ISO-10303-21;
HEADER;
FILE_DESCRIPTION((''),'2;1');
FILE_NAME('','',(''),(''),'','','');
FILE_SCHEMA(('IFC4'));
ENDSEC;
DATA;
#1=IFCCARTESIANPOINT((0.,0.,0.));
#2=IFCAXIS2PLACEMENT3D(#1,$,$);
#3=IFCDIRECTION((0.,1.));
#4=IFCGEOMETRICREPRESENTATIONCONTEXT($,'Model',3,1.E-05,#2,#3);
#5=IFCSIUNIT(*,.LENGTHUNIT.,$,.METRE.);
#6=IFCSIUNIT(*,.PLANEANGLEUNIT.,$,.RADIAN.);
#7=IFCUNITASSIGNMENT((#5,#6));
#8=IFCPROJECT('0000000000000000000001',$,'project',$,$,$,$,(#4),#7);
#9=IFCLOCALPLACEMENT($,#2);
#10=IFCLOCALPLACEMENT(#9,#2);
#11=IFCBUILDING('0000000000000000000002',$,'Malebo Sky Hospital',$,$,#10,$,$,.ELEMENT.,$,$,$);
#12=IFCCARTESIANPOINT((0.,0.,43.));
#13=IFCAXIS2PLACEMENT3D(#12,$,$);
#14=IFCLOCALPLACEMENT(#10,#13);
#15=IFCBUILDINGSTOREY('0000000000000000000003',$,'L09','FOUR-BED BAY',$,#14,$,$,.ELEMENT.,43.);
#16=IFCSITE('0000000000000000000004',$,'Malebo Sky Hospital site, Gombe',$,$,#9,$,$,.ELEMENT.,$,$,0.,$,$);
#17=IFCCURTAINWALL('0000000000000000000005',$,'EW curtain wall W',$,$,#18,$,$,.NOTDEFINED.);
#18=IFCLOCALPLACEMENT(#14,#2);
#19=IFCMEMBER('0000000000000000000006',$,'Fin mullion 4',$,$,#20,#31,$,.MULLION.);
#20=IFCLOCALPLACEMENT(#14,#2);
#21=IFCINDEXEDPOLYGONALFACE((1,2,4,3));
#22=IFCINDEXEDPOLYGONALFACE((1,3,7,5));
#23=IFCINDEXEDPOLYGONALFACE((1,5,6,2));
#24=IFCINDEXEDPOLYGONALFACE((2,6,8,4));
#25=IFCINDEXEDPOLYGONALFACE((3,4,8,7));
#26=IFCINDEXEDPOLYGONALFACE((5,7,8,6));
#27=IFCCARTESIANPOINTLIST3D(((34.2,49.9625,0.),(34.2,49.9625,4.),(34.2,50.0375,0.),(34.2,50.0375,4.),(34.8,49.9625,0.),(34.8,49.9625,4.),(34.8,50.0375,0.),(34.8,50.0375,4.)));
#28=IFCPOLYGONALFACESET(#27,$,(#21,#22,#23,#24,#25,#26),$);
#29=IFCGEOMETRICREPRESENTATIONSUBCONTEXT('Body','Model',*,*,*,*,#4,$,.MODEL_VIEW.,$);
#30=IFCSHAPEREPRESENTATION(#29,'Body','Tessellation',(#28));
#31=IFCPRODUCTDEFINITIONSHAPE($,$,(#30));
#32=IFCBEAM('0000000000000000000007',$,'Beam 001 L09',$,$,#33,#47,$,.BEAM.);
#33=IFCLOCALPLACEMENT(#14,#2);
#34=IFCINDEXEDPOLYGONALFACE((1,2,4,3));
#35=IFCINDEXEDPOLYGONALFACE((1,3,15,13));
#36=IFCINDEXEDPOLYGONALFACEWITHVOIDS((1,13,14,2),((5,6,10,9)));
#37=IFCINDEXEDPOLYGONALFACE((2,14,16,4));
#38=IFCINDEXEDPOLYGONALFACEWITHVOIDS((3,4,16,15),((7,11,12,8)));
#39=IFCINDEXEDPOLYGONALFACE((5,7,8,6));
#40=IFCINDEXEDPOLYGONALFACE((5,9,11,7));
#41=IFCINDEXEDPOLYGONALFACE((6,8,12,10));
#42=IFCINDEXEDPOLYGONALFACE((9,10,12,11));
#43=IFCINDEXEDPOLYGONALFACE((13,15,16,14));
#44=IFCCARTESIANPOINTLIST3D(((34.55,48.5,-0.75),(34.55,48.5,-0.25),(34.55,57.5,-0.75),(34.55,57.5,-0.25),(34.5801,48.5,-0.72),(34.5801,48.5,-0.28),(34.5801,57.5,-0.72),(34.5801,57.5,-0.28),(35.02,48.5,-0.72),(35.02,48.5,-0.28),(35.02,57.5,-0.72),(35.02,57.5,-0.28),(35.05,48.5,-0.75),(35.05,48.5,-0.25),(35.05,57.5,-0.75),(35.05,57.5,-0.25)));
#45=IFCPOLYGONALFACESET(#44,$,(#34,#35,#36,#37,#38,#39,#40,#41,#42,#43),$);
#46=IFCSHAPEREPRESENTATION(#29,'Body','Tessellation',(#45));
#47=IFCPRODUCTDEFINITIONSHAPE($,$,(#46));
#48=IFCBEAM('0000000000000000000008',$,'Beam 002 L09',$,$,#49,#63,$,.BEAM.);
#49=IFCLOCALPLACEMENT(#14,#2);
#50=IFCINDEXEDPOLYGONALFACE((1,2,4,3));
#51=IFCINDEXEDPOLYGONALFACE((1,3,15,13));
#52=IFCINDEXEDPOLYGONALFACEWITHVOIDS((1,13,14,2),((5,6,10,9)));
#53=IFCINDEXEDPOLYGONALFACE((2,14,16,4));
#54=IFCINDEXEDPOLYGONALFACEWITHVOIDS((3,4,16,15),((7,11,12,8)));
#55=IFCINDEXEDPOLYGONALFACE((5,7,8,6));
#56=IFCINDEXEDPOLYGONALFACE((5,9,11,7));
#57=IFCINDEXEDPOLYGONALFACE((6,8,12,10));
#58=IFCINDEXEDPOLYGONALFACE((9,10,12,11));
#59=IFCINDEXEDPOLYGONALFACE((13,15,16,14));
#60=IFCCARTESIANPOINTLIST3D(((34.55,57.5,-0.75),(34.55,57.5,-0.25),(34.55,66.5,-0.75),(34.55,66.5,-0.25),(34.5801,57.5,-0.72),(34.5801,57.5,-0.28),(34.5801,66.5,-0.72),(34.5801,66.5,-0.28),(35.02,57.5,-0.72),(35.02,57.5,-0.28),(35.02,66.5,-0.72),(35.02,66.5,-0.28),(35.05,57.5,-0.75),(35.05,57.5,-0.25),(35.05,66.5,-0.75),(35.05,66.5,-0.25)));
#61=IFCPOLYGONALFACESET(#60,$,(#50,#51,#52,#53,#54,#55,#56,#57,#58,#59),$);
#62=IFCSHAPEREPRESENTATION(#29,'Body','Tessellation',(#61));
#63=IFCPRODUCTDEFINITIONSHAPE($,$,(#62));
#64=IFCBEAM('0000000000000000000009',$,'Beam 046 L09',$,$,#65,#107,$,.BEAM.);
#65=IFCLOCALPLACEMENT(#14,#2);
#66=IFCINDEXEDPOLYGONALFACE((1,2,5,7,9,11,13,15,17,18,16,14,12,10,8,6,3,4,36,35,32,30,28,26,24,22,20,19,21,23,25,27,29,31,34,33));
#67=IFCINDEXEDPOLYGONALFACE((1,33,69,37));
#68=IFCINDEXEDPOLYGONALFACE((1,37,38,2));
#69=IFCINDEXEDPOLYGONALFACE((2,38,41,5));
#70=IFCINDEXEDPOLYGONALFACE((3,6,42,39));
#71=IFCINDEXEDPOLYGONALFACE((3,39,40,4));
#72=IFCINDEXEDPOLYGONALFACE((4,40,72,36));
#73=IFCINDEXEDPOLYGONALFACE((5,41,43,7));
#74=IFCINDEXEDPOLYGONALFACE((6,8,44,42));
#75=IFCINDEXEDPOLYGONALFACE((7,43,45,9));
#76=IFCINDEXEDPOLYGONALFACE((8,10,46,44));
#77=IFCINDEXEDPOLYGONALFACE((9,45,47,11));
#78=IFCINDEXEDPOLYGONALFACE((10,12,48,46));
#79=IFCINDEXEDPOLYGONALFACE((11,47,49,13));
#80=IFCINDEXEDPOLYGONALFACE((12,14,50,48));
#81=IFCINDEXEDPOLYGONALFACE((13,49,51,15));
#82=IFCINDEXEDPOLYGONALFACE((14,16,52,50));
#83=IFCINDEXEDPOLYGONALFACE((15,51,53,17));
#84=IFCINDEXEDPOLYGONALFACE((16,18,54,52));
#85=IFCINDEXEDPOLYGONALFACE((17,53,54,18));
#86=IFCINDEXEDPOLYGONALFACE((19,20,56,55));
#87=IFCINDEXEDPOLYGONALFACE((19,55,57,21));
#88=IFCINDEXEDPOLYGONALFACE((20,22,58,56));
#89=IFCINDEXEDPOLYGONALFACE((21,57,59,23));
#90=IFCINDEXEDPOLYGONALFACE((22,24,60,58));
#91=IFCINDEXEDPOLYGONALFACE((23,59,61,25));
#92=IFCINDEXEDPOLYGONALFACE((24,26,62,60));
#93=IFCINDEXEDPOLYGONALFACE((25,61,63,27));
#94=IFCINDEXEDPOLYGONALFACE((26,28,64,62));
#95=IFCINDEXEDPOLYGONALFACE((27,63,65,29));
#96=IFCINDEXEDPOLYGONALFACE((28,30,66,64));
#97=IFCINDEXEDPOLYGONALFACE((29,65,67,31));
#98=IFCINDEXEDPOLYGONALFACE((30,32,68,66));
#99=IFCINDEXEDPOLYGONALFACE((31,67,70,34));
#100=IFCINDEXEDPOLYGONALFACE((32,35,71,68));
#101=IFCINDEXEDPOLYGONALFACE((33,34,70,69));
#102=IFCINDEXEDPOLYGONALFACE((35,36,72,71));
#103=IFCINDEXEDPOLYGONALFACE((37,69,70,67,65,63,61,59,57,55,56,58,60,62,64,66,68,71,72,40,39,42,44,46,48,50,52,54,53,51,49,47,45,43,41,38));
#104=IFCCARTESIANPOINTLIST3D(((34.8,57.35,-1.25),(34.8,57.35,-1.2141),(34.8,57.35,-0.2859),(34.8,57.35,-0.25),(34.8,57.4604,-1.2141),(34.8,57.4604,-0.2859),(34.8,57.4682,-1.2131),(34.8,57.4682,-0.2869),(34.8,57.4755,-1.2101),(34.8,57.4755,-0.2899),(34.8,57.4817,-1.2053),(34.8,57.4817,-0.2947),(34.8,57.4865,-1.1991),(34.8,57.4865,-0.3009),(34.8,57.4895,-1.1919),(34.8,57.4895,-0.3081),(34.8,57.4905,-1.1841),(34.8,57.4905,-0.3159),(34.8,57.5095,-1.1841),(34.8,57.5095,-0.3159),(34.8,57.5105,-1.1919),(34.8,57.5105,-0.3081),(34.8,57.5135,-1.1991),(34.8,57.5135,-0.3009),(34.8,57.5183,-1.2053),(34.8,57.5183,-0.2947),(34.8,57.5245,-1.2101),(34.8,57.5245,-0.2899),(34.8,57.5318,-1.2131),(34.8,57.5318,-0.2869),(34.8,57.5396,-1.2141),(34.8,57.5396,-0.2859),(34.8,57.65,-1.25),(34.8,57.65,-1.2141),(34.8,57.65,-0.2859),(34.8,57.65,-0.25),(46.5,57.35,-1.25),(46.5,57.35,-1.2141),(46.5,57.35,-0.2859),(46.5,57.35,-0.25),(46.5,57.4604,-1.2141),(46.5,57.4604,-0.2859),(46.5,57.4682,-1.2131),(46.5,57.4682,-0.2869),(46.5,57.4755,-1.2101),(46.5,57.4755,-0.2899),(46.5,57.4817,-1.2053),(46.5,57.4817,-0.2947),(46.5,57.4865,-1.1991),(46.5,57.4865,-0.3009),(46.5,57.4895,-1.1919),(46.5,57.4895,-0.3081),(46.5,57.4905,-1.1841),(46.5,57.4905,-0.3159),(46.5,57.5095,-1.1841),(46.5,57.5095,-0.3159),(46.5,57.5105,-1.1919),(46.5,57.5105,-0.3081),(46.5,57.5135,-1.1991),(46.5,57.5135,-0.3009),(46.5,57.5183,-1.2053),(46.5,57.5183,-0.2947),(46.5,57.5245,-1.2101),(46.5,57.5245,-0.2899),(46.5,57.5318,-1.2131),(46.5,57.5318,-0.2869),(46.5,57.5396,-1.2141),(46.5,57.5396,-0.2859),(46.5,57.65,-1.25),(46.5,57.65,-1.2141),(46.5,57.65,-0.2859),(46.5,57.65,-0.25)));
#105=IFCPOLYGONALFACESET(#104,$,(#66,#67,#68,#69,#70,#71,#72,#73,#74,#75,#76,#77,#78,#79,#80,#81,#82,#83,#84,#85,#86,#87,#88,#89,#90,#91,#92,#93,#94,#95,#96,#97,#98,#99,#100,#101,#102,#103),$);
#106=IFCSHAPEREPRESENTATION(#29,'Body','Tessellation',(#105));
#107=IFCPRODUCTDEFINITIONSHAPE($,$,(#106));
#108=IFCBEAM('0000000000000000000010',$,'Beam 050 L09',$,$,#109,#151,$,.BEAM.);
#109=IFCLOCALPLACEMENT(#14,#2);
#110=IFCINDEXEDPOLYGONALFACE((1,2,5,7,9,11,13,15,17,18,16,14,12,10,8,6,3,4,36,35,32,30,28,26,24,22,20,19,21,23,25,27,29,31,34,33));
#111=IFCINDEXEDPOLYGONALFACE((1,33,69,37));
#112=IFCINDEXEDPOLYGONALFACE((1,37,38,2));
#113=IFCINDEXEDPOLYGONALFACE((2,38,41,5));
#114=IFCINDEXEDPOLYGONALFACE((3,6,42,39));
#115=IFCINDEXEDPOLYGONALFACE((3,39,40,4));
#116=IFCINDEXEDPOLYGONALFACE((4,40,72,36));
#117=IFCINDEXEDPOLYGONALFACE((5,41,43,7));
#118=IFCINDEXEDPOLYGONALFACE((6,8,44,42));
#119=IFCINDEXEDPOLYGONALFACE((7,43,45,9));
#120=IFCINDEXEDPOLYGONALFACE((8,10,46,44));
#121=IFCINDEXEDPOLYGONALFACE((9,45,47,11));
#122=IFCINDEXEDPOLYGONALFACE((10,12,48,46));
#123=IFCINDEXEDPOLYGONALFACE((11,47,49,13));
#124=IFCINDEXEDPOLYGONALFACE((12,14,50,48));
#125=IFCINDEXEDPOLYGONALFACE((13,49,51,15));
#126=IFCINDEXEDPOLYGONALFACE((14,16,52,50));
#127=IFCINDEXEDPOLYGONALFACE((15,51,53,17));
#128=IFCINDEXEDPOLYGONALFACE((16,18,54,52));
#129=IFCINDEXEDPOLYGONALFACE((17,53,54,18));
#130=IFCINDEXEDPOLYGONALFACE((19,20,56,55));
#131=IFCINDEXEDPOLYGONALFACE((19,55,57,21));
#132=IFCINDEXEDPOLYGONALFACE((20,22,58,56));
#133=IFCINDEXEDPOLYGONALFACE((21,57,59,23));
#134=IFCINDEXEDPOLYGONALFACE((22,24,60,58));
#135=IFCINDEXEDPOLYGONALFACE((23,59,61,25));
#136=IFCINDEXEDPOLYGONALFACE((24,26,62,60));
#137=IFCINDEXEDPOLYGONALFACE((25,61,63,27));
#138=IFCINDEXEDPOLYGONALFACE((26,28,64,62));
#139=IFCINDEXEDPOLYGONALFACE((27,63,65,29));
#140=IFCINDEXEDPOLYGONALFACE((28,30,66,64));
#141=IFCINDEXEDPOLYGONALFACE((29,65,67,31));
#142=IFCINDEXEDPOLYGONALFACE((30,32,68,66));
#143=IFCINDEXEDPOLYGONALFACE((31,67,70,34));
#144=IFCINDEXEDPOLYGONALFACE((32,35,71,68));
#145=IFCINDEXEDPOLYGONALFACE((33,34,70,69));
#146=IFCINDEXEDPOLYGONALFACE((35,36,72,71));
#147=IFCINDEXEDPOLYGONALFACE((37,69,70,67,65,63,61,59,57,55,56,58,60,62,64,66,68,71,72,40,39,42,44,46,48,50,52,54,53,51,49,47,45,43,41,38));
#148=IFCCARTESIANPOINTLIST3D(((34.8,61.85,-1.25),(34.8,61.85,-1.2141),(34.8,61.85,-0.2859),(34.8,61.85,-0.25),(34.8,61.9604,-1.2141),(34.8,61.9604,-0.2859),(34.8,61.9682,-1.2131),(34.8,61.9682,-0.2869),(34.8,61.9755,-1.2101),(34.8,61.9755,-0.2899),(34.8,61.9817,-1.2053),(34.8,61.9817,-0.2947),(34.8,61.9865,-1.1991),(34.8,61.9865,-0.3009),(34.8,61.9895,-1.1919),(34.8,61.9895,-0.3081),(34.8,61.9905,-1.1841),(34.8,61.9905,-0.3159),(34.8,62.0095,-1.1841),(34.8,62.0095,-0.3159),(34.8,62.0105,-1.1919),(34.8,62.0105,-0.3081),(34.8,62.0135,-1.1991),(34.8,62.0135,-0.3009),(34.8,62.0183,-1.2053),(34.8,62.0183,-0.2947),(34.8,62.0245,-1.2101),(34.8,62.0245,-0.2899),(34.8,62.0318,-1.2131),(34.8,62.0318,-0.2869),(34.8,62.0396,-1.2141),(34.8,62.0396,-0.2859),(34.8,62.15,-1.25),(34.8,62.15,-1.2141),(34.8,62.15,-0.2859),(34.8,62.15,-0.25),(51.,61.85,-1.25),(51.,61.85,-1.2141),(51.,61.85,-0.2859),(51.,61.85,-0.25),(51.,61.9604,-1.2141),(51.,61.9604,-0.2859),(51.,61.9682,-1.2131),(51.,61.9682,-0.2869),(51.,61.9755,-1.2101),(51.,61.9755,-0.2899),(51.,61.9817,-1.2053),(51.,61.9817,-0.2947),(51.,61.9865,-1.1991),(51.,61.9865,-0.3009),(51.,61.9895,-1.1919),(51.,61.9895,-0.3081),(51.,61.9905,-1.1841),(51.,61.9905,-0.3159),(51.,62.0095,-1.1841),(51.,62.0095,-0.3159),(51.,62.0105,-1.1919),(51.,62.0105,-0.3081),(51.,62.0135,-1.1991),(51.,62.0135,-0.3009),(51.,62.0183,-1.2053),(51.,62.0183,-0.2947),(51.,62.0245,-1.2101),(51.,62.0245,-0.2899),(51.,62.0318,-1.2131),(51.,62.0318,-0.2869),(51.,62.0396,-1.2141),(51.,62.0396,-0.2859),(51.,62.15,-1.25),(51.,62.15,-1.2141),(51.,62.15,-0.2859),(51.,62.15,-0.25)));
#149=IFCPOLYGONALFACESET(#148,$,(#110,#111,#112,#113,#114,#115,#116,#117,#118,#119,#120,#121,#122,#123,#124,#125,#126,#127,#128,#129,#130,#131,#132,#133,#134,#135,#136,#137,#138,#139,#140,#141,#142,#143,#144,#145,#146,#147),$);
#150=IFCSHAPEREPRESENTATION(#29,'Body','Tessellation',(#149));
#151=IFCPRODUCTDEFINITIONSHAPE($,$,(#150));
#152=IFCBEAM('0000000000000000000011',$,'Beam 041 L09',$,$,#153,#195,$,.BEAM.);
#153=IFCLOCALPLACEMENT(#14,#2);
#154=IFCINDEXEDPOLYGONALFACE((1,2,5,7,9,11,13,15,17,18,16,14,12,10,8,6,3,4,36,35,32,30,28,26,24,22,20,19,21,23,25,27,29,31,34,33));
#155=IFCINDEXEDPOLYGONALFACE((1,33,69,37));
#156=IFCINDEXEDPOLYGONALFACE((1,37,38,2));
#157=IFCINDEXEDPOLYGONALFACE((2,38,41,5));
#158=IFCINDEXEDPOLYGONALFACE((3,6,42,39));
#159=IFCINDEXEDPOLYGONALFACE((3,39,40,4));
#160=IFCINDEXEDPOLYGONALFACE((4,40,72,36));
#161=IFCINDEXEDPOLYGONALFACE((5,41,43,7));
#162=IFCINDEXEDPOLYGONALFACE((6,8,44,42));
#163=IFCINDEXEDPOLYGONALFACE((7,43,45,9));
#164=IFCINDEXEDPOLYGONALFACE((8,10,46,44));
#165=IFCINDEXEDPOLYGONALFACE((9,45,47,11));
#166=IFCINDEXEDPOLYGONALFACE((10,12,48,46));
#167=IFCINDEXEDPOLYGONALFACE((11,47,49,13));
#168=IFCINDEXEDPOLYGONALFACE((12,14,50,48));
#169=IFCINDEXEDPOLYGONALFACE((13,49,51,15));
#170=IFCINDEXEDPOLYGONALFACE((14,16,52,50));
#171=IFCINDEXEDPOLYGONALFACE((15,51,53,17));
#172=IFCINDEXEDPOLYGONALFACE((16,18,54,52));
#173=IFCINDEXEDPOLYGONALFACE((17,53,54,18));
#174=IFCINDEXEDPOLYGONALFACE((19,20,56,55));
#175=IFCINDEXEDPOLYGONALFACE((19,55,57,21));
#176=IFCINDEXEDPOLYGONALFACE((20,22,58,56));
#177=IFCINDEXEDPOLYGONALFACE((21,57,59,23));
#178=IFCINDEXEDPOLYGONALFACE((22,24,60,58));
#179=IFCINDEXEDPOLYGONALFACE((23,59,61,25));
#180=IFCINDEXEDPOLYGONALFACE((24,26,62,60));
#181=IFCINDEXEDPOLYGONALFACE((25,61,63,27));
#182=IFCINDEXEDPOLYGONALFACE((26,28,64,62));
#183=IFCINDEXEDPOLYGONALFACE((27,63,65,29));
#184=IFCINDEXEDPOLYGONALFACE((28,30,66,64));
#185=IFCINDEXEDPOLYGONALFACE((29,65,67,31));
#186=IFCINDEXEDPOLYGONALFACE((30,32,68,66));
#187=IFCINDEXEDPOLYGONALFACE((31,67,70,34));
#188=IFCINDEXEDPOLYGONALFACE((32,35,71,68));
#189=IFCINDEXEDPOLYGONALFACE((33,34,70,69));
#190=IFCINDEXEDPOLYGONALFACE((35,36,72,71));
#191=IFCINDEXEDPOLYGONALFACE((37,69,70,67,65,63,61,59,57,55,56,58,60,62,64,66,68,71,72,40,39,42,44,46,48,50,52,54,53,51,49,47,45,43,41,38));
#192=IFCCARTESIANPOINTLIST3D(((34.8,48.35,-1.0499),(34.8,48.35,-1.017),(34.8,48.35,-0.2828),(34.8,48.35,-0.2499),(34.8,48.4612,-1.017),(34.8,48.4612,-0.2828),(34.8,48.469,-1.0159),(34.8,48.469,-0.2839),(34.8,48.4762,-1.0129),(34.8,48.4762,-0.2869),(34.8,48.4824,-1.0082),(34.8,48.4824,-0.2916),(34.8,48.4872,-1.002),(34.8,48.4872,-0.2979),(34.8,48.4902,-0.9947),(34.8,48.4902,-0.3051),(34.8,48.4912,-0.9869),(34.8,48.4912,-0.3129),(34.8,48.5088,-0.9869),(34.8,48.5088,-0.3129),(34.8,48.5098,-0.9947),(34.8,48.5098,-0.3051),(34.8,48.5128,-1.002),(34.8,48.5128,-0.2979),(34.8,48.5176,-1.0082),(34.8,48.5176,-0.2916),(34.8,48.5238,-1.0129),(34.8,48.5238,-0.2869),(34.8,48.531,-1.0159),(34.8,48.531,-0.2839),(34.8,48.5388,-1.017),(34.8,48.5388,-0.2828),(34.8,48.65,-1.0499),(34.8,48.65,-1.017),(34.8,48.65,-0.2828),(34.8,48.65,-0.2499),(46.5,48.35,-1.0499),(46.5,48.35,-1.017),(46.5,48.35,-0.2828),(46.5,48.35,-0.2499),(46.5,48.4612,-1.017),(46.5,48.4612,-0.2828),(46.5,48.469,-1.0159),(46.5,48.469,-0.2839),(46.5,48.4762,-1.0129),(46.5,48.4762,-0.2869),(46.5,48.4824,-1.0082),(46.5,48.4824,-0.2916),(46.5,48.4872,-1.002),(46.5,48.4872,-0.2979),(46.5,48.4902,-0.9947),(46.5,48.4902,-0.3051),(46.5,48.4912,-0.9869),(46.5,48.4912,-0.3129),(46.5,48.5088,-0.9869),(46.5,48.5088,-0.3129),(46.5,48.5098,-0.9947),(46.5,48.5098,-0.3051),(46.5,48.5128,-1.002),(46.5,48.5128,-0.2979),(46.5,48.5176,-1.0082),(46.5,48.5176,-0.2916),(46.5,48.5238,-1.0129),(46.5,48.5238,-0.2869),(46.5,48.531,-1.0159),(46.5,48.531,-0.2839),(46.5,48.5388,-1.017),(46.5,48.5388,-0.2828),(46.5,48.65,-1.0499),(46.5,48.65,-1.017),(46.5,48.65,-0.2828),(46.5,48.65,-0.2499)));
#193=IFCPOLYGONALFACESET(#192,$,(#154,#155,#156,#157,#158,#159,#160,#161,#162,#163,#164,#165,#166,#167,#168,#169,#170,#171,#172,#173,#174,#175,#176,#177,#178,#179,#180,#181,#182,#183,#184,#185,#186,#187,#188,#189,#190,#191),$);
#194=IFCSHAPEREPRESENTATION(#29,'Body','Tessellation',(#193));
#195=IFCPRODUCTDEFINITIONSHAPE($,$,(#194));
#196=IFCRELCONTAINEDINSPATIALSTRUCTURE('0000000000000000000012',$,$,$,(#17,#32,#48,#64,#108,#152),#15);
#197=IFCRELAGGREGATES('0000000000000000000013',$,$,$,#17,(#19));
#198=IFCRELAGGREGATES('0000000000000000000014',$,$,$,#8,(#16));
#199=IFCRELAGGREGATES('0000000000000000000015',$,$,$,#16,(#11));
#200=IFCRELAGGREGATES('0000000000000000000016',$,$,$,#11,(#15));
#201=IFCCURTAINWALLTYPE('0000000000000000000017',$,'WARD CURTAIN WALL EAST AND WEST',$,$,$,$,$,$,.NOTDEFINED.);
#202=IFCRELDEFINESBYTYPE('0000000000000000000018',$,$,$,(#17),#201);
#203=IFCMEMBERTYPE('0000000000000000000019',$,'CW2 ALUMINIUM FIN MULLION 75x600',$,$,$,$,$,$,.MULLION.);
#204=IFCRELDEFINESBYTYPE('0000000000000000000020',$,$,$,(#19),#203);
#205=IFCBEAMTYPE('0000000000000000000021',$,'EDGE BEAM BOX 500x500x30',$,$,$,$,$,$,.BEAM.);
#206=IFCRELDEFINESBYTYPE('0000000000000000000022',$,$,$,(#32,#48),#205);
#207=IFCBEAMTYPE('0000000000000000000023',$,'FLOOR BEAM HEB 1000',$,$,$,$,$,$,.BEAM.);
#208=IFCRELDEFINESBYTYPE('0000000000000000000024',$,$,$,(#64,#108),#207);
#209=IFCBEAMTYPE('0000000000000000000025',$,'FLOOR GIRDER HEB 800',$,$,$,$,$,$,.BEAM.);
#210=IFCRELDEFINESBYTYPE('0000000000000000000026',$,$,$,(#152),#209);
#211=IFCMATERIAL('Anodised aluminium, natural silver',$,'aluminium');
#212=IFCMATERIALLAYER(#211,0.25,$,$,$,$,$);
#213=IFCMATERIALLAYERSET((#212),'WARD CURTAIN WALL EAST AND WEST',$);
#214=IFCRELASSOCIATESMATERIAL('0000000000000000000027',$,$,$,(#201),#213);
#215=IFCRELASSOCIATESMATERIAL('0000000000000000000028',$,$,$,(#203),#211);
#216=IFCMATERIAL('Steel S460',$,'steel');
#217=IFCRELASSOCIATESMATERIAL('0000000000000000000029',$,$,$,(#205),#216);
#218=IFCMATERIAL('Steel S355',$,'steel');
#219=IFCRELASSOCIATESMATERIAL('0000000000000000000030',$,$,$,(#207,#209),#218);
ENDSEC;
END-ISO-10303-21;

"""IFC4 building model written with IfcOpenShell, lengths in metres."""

from ifc_helpers import new_model, si_unit, direction, frame, origin, origin_2d, place, context, subcontext, project, spatial, rectangle, hollow_rectangle, i_section, extrude, material, layer, layer_set, material_profile, profile_set, type_object, element, aggregate, save


model = new_model("IFC4")

# Units and contexts
model_context = context("Model", 3, precision=1e-05, world=origin(), true_north=direction((0.0, 1.0)))
body_context = subcontext(model_context, "Body", "Model", "MODEL_VIEW")
ifc_project = project(units=[si_unit("LENGTHUNIT", "METRE"), si_unit("PLANEANGLEUNIT", "RADIAN")], contexts=[model_context])

# Site, building, storey
site_placement = place(None, origin())
site = spatial("IfcSite", under=ifc_project, at=site_placement, Name="Malebo Sky Hospital site, Gombe", CompositionType="ELEMENT", RefElevation=0.0)
building_placement = place(site_placement, origin())
building = spatial("IfcBuilding", under=site, at=building_placement, Name="Malebo Sky Hospital", CompositionType="ELEMENT")
storey_placement = place(building_placement, frame((0.0, 0.0, 43.0)))
storey = spatial("IfcBuildingStorey", under=building, at=storey_placement, Name="L09", Description="FOUR-BED BAY", CompositionType="ELEMENT", Elevation=43.0)

# Shared definitions
ifc_material_1 = material(Name="Steel S460", Category="steel")

# Curtain wall
ifc_material_2 = material(Name="Anodised aluminium, natural silver", Category="aluminium")
ifc_layer_1 = layer(ifc_material_2, 0.25)
ifc_layer_set_1 = layer_set([ifc_layer_1], Name="WARD CURTAIN WALL EAST AND WEST")
curtain_wall_type = type_object("IfcCurtainWallType", Name="WARD CURTAIN WALL EAST AND WEST", PredefinedType="NOTDEFINED", material=ifc_layer_set_1)
curtain_wall_placement = place(storey_placement, origin())
curtain_wall = element("IfcCurtainWall", 1, at=curtain_wall_placement, inside=storey, type_object=curtain_wall_type, Name="EW curtain wall W", PredefinedType="NOTDEFINED")

# Member
ifc_material_3 = material(Name="Steel S355", Category="steel")
ifc_material_profile_1 = material_profile(ifc_material_2, rectangle(XDim=0.075, YDim=0.6001, at=origin_2d()), Name="CW2 ALUMINIUM FIN MULLION 75x600")
ifc_profile_set_1 = profile_set([ifc_material_profile_1], Name="Anodised aluminium, natural silver")
member_type_1 = type_object("IfcMemberType", Name="CW2 ALUMINIUM FIN MULLION 75x600", PredefinedType="MULLION", material=ifc_profile_set_1)
member_1_placement = place(storey_placement, frame((34.5, 50.0, 0.0), z_axis=(0.0, 0.0, 1.0), x_axis=(0.0, 1.0, 0.0)))
member_1 = element("IfcMember", 2, at=member_1_placement, type_object=member_type_1, Name="Fin mullion 4", PredefinedType="MULLION", context=body_context, shape_type="SweptSolid", body=[
    extrude(rectangle(XDim=0.075, YDim=0.6001, at=origin_2d()), origin(), (0.0, 0.0, 1.0), 4.0),
])

# Beams
ifc_material_profile_2 = material_profile(ifc_material_1, hollow_rectangle(XDim=0.5, YDim=0.5, WallThickness=0.03, at=origin_2d()), Name="BOX 500x500x30")
ifc_profile_set_2 = profile_set([ifc_material_profile_2], Name="Steel S460")
beam_type_1 = type_object("IfcBeamType", Name="EDGE BEAM BOX 500x500x30", PredefinedType="BEAM", material=ifc_profile_set_2)
for number, where, z_axis, x_axis, name in (
    (3, (34.8, 48.5, -0.5), (0.0, 1.0, 0.0), (-1.0, 0.0, 0.0), "Beam 001 L09"),
    (4, (34.8, 57.5, -0.5), (0.0, 1.0, 0.0), (-1.0, 0.0, 0.0), "Beam 002 L09"),
):
    element("IfcBeam", number, at=place(storey_placement, frame(where, z_axis=z_axis, x_axis=x_axis)), inside=storey, type_object=beam_type_1, Name=name, PredefinedType="BEAM", context=body_context, shape_type="SweptSolid", body=[
        extrude(hollow_rectangle(XDim=0.5, YDim=0.5, WallThickness=0.03, at=origin_2d()), origin(), (0.0, 0.0, 1.0), 9.0),
    ])
ifc_material_profile_3 = material_profile(ifc_material_3, i_section(OverallWidth=0.3, OverallDepth=1.0, WebThickness=0.019, FlangeThickness=0.0359, FilletRadius=0.03, at=origin_2d()), Name="HEB 1000")
ifc_profile_set_3 = profile_set([ifc_material_profile_3], Name="Steel S355")
beam_type_2 = type_object("IfcBeamType", Name="FLOOR BEAM HEB 1000", PredefinedType="BEAM", material=ifc_profile_set_3)
beam_1_placement = place(storey_placement, frame((34.8, 57.5, -0.75), z_axis=(1.0, 0.0, 0.0), x_axis=(0.0, 1.0, 0.0)))
element("IfcBeam", 5, at=beam_1_placement, inside=storey, type_object=beam_type_2, Name="Beam 046 L09", PredefinedType="BEAM", context=body_context, shape_type="SweptSolid", body=[
    extrude(i_section(OverallWidth=0.3, OverallDepth=1.0, WebThickness=0.019, FlangeThickness=0.0359, FilletRadius=0.03, at=origin_2d()), origin(), (0.0, 0.0, 1.0), 11.7),
])
beam_2_placement = place(storey_placement, frame((34.8, 62.0, -0.75), z_axis=(1.0, 0.0, 0.0), x_axis=(0.0, 1.0, 0.0)))
element("IfcBeam", 6, at=beam_2_placement, inside=storey, type_object=beam_type_2, Name="Beam 050 L09", PredefinedType="BEAM", context=body_context, shape_type="SweptSolid", body=[
    extrude(i_section(OverallWidth=0.3, OverallDepth=1.0, WebThickness=0.019, FlangeThickness=0.0359, FilletRadius=0.03, at=origin_2d()), origin(), (0.0, 0.0, 1.0), 16.2),
])
ifc_material_profile_4 = material_profile(ifc_material_3, i_section(OverallWidth=0.3, OverallDepth=0.8, WebThickness=0.0176, FlangeThickness=0.033, FilletRadius=0.03, at=origin_2d()), Name="HEB 800")
ifc_profile_set_4 = profile_set([ifc_material_profile_4], Name="Steel S355")
beam_type_3 = type_object("IfcBeamType", Name="FLOOR GIRDER HEB 800", PredefinedType="BEAM", material=ifc_profile_set_4)
beam_3_placement = place(storey_placement, frame((34.8, 48.5, -0.6499), z_axis=(1.0, 0.0, 0.0), x_axis=(0.0, 1.0, 0.0)))
element("IfcBeam", 7, at=beam_3_placement, inside=storey, type_object=beam_type_3, Name="Beam 041 L09", PredefinedType="BEAM", context=body_context, shape_type="SweptSolid", body=[
    extrude(i_section(OverallWidth=0.3, OverallDepth=0.8, WebThickness=0.0176, FlangeThickness=0.033, FilletRadius=0.03, at=origin_2d()), origin(), (0.0, 0.0, 1.0), 11.7),
])

aggregate(curtain_wall, [member_1])

save(model, "model.ifc")
